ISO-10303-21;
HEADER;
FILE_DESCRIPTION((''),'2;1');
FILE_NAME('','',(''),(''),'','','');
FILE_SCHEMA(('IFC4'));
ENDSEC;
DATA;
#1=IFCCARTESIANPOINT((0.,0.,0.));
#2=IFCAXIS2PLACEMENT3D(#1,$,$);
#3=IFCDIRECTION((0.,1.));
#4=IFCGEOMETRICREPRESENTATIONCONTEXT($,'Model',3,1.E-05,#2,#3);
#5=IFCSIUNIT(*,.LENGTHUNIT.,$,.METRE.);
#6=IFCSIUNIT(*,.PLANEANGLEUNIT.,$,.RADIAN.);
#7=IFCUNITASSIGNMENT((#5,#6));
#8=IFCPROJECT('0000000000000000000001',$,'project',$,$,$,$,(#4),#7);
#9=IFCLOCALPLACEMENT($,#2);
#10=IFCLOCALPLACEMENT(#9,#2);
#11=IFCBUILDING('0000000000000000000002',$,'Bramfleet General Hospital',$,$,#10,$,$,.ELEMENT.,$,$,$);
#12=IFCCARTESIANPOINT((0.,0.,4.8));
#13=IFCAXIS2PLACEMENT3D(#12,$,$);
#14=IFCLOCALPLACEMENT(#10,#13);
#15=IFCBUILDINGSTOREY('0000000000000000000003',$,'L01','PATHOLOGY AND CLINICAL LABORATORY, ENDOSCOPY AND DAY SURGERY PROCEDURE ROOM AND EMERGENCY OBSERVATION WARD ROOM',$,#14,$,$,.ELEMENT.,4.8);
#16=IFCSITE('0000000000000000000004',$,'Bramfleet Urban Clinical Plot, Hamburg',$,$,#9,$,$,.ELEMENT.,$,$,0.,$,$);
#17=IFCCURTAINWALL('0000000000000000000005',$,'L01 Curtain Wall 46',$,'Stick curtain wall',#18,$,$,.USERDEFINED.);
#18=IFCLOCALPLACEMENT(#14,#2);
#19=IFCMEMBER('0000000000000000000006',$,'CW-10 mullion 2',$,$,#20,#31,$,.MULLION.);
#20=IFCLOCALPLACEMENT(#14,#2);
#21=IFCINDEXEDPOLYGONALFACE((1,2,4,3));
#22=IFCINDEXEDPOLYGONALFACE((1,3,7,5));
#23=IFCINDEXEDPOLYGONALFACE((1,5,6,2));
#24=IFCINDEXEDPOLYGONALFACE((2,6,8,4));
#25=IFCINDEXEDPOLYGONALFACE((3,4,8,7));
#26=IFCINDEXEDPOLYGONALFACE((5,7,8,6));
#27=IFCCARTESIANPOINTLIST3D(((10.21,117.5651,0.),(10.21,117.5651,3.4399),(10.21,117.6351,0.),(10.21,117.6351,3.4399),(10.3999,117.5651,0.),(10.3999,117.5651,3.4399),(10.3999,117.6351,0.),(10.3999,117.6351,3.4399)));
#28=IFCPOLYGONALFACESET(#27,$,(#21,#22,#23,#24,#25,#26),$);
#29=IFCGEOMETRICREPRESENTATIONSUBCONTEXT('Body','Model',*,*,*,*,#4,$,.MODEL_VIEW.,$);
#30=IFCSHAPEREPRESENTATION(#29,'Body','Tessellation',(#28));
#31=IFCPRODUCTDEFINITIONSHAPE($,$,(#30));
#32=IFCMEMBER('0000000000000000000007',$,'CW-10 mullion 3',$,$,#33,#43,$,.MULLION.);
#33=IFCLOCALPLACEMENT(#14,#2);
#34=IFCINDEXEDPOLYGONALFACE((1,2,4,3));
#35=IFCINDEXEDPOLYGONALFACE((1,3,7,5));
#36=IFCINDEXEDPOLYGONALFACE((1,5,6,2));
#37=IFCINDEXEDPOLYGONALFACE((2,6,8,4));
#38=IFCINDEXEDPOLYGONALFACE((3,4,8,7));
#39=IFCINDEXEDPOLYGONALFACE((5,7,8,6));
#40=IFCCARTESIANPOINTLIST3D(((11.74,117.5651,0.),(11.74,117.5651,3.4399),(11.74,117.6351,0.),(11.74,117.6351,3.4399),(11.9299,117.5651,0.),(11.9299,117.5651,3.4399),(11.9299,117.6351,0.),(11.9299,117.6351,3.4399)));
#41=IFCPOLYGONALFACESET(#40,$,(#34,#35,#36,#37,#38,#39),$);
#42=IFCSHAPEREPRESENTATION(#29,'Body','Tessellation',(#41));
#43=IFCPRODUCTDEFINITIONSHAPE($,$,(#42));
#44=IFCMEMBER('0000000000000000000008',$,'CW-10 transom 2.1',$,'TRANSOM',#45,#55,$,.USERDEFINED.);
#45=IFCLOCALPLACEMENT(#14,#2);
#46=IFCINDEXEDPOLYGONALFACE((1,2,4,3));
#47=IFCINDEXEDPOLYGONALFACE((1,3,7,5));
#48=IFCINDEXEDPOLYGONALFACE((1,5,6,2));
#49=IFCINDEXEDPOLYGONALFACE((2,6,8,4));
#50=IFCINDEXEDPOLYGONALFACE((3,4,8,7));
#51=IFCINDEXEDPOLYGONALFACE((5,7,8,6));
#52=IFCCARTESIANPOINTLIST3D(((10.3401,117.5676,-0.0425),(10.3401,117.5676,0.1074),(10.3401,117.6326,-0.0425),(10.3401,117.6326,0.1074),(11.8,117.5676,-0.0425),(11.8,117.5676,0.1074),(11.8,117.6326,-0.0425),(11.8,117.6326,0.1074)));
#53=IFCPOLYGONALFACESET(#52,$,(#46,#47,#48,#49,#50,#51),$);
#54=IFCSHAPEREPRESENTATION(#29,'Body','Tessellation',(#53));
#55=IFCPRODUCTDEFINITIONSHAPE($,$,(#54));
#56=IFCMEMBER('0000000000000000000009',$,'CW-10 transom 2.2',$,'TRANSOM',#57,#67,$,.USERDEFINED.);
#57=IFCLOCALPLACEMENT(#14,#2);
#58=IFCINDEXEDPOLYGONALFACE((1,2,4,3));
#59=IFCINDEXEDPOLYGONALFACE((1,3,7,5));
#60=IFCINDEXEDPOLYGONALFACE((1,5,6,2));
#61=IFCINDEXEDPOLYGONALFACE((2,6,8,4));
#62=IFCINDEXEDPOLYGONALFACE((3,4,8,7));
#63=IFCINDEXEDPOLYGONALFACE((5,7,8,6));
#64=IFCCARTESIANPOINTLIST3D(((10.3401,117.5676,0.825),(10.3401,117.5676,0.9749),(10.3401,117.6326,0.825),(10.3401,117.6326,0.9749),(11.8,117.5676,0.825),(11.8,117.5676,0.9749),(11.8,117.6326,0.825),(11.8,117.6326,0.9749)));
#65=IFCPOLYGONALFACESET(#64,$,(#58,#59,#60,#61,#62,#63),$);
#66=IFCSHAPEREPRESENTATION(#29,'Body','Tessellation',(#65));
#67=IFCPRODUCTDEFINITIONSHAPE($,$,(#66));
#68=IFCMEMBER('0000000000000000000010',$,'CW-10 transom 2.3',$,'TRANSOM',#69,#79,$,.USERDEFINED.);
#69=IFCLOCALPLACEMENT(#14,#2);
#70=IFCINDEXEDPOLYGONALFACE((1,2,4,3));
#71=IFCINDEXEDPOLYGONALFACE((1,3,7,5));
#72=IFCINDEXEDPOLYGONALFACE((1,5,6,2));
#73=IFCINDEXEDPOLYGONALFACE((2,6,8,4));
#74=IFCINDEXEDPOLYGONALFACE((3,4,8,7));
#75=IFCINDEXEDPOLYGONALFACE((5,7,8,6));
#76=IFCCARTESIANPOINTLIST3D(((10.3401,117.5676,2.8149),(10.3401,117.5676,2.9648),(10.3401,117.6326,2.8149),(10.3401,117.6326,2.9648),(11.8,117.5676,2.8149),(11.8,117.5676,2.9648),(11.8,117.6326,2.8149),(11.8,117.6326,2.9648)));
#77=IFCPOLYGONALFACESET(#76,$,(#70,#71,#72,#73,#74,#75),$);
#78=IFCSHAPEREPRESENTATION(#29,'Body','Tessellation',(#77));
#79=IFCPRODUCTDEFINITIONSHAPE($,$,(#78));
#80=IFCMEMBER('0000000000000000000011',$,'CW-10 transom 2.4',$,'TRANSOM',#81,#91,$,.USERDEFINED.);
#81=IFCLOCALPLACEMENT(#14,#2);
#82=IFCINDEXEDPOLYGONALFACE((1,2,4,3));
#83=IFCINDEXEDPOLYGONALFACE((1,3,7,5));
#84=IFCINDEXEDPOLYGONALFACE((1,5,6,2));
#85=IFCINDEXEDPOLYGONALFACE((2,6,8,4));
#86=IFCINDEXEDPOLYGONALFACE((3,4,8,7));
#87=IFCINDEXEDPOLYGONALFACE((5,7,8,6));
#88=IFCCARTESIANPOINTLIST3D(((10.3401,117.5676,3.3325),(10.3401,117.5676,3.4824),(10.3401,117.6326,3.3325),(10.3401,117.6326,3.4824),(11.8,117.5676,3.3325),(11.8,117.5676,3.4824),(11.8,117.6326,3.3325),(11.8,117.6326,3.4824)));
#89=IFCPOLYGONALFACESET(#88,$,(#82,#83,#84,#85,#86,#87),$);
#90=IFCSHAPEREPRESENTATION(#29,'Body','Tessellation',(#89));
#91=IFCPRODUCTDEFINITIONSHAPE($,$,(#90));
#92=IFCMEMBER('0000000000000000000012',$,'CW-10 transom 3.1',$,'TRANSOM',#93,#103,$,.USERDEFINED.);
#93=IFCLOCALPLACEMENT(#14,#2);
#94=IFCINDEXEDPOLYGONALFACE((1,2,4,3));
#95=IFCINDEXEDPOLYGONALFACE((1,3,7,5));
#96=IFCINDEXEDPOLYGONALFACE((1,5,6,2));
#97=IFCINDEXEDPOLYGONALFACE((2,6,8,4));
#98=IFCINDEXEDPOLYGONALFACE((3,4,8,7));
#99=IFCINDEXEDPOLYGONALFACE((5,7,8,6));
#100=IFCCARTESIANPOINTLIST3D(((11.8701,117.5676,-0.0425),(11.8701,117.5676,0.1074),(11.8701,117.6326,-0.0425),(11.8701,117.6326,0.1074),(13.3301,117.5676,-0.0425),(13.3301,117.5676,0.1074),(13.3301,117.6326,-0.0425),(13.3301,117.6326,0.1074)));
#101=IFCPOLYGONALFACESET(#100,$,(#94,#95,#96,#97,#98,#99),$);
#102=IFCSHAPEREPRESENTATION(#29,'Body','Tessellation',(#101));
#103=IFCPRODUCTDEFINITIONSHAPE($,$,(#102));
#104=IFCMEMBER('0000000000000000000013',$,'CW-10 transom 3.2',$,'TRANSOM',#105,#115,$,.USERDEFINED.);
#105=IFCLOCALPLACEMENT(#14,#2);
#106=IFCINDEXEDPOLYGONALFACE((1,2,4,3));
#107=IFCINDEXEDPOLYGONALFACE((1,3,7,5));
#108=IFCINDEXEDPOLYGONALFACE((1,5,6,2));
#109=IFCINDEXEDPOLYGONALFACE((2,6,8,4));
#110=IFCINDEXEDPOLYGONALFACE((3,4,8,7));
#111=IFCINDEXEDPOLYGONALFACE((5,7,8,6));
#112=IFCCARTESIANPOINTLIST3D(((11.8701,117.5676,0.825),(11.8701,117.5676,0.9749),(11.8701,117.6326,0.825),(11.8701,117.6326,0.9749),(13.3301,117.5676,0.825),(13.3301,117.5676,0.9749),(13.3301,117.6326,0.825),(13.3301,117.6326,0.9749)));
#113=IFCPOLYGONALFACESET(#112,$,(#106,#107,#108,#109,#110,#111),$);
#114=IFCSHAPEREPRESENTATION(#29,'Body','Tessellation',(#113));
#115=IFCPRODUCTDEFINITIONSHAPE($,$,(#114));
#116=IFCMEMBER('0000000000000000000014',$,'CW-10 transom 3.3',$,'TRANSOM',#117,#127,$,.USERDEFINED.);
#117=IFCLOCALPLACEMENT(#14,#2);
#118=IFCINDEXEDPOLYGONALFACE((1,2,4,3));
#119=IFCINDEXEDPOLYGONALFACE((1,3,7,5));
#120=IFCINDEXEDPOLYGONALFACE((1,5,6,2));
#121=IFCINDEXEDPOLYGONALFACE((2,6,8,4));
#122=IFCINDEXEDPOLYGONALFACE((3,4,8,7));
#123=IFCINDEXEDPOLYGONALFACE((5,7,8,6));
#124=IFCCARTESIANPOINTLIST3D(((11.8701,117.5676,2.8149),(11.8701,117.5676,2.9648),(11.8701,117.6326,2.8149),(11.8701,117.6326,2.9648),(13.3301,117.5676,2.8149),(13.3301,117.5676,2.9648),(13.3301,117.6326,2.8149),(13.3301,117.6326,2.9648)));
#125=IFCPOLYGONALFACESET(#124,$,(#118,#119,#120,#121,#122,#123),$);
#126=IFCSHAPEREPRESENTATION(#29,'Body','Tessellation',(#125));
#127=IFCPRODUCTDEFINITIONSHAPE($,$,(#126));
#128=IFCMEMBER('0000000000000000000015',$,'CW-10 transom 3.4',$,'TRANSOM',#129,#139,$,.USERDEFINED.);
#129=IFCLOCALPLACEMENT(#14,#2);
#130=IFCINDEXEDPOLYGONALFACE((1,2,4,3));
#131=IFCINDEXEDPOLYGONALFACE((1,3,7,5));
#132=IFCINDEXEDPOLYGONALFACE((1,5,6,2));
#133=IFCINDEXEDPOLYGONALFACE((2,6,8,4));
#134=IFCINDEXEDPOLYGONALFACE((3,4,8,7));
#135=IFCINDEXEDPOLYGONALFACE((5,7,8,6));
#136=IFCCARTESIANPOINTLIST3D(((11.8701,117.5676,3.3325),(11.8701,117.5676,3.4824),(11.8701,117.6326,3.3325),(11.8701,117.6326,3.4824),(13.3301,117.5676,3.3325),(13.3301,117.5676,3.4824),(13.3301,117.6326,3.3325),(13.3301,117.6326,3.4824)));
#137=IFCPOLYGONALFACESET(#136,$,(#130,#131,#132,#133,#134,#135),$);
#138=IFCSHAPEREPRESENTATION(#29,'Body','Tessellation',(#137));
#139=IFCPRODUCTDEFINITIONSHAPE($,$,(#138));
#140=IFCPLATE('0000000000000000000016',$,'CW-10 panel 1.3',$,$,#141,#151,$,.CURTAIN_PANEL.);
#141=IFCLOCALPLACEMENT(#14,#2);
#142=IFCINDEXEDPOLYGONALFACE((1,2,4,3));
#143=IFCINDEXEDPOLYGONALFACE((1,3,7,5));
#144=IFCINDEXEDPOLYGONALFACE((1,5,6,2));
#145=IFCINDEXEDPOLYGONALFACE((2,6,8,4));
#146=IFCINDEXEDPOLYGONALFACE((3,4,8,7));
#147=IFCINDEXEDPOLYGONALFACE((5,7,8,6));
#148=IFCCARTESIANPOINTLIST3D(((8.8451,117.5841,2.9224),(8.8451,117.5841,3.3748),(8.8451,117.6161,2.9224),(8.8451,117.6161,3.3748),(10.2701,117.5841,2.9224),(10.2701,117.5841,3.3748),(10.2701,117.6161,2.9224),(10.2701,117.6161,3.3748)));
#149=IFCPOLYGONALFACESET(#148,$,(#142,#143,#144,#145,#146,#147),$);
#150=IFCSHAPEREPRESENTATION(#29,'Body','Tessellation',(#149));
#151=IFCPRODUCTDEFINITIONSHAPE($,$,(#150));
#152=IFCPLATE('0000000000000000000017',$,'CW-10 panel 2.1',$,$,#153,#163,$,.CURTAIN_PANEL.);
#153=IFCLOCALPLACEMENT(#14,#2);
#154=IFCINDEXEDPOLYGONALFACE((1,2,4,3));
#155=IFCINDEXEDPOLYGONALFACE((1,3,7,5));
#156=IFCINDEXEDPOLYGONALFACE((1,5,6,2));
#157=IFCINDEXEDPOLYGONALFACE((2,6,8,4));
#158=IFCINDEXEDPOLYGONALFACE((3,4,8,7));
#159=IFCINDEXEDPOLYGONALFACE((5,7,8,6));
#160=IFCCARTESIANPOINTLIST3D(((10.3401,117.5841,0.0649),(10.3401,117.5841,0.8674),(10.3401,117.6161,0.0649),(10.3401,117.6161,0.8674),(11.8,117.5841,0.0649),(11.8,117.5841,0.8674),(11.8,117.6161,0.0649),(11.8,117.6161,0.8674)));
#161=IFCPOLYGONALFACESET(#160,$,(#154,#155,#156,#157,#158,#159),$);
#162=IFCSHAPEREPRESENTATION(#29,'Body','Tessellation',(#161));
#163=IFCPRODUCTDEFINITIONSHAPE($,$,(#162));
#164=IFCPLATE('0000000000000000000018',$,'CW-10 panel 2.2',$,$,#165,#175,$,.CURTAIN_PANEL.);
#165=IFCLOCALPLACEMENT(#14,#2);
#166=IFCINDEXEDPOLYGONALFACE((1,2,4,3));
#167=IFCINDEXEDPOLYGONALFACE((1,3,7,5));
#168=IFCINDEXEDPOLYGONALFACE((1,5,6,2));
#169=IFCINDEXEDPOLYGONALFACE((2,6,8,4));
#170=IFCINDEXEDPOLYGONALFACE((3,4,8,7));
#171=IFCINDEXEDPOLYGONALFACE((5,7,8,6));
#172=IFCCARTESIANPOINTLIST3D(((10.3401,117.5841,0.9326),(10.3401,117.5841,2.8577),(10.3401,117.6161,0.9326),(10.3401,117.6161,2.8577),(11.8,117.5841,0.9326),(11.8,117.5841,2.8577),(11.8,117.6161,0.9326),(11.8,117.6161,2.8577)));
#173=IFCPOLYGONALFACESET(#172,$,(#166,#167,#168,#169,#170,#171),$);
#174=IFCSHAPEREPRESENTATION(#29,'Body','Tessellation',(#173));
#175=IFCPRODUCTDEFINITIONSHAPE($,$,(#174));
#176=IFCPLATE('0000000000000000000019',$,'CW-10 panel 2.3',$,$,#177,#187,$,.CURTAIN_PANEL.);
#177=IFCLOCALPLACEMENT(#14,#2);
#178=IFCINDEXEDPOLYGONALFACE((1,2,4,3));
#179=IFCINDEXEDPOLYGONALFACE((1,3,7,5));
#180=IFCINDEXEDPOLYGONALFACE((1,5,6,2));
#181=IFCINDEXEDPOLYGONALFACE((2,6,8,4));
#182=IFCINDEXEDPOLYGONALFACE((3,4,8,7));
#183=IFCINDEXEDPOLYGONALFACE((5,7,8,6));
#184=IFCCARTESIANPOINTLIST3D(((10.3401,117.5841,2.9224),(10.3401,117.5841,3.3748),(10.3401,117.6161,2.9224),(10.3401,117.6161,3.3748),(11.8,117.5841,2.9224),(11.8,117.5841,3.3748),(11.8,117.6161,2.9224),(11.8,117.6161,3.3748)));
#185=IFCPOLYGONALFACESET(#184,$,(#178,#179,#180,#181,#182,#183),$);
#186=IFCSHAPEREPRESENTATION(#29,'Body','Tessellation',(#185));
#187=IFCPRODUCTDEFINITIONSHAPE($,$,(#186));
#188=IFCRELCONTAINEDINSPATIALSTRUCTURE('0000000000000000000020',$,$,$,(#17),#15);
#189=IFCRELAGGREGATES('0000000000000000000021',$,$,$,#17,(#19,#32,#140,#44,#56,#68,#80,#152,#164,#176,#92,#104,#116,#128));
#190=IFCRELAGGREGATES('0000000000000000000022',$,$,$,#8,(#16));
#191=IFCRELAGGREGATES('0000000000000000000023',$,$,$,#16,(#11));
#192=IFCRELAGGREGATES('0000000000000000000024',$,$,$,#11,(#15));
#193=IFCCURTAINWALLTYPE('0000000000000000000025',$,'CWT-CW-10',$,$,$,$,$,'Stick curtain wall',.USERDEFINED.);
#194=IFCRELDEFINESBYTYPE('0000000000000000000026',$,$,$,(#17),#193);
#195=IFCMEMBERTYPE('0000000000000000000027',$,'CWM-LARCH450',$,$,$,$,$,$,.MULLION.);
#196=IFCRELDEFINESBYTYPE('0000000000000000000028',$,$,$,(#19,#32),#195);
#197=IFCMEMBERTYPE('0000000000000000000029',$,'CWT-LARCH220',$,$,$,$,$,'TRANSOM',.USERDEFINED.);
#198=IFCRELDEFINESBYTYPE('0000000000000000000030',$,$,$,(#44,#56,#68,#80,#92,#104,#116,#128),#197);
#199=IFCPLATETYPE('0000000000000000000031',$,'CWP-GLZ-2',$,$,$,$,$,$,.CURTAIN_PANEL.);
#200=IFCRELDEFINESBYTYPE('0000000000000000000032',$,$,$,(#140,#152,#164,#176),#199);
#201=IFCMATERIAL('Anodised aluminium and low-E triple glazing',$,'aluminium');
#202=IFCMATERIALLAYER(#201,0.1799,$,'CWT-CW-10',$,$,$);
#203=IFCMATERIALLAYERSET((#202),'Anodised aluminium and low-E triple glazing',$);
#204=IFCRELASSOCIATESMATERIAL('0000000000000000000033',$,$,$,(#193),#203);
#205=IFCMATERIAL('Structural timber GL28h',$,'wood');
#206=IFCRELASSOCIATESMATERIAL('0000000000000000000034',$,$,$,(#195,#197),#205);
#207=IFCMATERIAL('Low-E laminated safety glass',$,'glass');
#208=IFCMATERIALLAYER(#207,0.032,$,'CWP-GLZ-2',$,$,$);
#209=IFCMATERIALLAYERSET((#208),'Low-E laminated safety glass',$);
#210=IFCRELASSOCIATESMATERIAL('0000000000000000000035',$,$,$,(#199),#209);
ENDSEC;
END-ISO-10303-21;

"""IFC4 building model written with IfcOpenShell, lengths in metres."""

from ifc_helpers import new_model, si_unit, direction, frame, origin, origin_2d, place, context, subcontext, project, spatial, rectangle, extrude, material, layer, layer_set, material_profile, profile_set, type_object, element, aggregate, save


model = new_model("IFC4")

# Units and contexts
model_context = context("Model", 3, precision=1e-05, world=origin(), true_north=direction((0.0, 1.0)))
body_context = subcontext(model_context, "Body", "Model", "MODEL_VIEW")
ifc_project = project(units=[si_unit("LENGTHUNIT", "METRE"), si_unit("PLANEANGLEUNIT", "RADIAN")], contexts=[model_context])

# Site, building, storey
site_placement = place(None, origin())
site = spatial("IfcSite", under=ifc_project, at=site_placement, Name="Bramfleet Urban Clinical Plot, Hamburg", CompositionType="ELEMENT", RefElevation=0.0)
building_placement = place(site_placement, origin())
building = spatial("IfcBuilding", under=site, at=building_placement, Name="Bramfleet General Hospital", CompositionType="ELEMENT")
storey_placement = place(building_placement, frame((0.0, 0.0, 4.8)))
storey = spatial("IfcBuildingStorey", under=building, at=storey_placement, Name="L01", Description="PATHOLOGY AND CLINICAL LABORATORY, ENDOSCOPY AND DAY SURGERY PROCEDURE ROOM AND EMERGENCY OBSERVATION WARD ROOM", CompositionType="ELEMENT", Elevation=4.8)

# Curtain wall, members, plates
ifc_material_1 = material(Name="Anodised aluminium and low-E triple glazing", Category="aluminium")
ifc_layer_1 = layer(ifc_material_1, 0.1799, Name="CWT-CW-10")
ifc_layer_set_1 = layer_set([ifc_layer_1], Name="Anodised aluminium and low-E triple glazing")
curtain_wall_type = type_object("IfcCurtainWallType", Name="CWT-CW-10", ElementType="Stick curtain wall", PredefinedType="USERDEFINED", material=ifc_layer_set_1)
curtain_wall_placement = place(storey_placement, origin())
curtain_wall = element("IfcCurtainWall", 1, at=curtain_wall_placement, inside=storey, type_object=curtain_wall_type, Name="L01 Curtain Wall 46", ObjectType="Stick curtain wall", PredefinedType="USERDEFINED")
ifc_material_2 = material(Name="Structural timber GL28h", Category="wood")
ifc_material_profile_1 = material_profile(ifc_material_2, rectangle(XDim=0.0701, YDim=0.1899, at=origin_2d()), Name="LARCH 190x70")
ifc_profile_set_1 = profile_set([ifc_material_profile_1], Name="Structural timber GL28h")
member_type_1 = type_object("IfcMemberType", Name="CWM-LARCH450", PredefinedType="MULLION", material=ifc_profile_set_1)
member_1_placement = place(storey_placement, frame((10.3049, 117.6001, 0.0), z_axis=(0.0, 0.0, 1.0), x_axis=(0.0, 1.0, 0.0)))
member_1 = element("IfcMember", 2, at=member_1_placement, type_object=member_type_1, Name="CW-10 mullion 2", PredefinedType="MULLION", context=body_context, shape_type="SweptSolid", body=[
    extrude(rectangle(XDim=0.0701, YDim=0.1899, at=origin_2d()), origin(), (0.0, 0.0, 1.0), 3.4399),
])
member_2_placement = place(storey_placement, frame((11.835, 117.6001, 0.0), z_axis=(0.0, 0.0, 1.0), x_axis=(0.0, 1.0, 0.0)))
member_2 = element("IfcMember", 3, at=member_2_placement, type_object=member_type_1, Name="CW-10 mullion 3", PredefinedType="MULLION", context=body_context, shape_type="SweptSolid", body=[
    extrude(rectangle(XDim=0.0701, YDim=0.1899, at=origin_2d()), origin(), (0.0, 0.0, 1.0), 3.4399),
])
ifc_material_profile_2 = material_profile(ifc_material_2, rectangle(XDim=0.0649, YDim=0.1499, at=origin_2d()), Name="LARCH 150x65")
ifc_profile_set_2 = profile_set([ifc_material_profile_2], Name="Structural timber GL28h")
member_type_2 = type_object("IfcMemberType", Name="CWT-LARCH220", ElementType="TRANSOM", PredefinedType="USERDEFINED", material=ifc_profile_set_2)
member_3_placement = place(storey_placement, frame((10.3401, 117.6001, 0.0325), z_axis=(1.0, 0.0, 0.0), x_axis=(0.0, 1.0, 0.0)))
member_3 = element("IfcMember", 4, at=member_3_placement, type_object=member_type_2, Name="CW-10 transom 2.1", ObjectType="TRANSOM", PredefinedType="USERDEFINED", context=body_context, shape_type="SweptSolid", body=[
    extrude(rectangle(XDim=0.0649, YDim=0.1499, at=origin_2d()), origin(), (0.0, 0.0, 1.0), 1.46),
])
member_4_placement = place(storey_placement, frame((10.3401, 117.6001, 0.8999), z_axis=(1.0, 0.0, 0.0), x_axis=(0.0, 1.0, 0.0)))
member_4 = element("IfcMember", 5, at=member_4_placement, type_object=member_type_2, Name="CW-10 transom 2.2", ObjectType="TRANSOM", PredefinedType="USERDEFINED", context=body_context, shape_type="SweptSolid", body=[
    extrude(rectangle(XDim=0.0649, YDim=0.1499, at=origin_2d()), origin(), (0.0, 0.0, 1.0), 1.46),
])
member_5_placement = place(storey_placement, frame((10.3401, 117.6001, 2.8899), z_axis=(1.0, 0.0, 0.0), x_axis=(0.0, 1.0, 0.0)))
member_5 = element("IfcMember", 6, at=member_5_placement, type_object=member_type_2, Name="CW-10 transom 2.3", ObjectType="TRANSOM", PredefinedType="USERDEFINED", context=body_context, shape_type="SweptSolid", body=[
    extrude(rectangle(XDim=0.0649, YDim=0.1499, at=origin_2d()), origin(), (0.0, 0.0, 1.0), 1.46),
])
member_6_placement = place(storey_placement, frame((10.3401, 117.6001, 3.4075), z_axis=(1.0, 0.0, 0.0), x_axis=(0.0, 1.0, 0.0)))
member_6 = element("IfcMember", 7, at=member_6_placement, type_object=member_type_2, Name="CW-10 transom 2.4", ObjectType="TRANSOM", PredefinedType="USERDEFINED", context=body_context, shape_type="SweptSolid", body=[
    extrude(rectangle(XDim=0.0649, YDim=0.1499, at=origin_2d()), origin(), (0.0, 0.0, 1.0), 1.46),
])
member_7_placement = place(storey_placement, frame((11.8701, 117.6001, 0.0325), z_axis=(1.0, 0.0, 0.0), x_axis=(0.0, 1.0, 0.0)))
member_7 = element("IfcMember", 8, at=member_7_placement, type_object=member_type_2, Name="CW-10 transom 3.1", ObjectType="TRANSOM", PredefinedType="USERDEFINED", context=body_context, shape_type="SweptSolid", body=[
    extrude(rectangle(XDim=0.0649, YDim=0.1499, at=origin_2d()), origin(), (0.0, 0.0, 1.0), 1.46),
])
member_8_placement = place(storey_placement, frame((11.8701, 117.6001, 0.8999), z_axis=(1.0, 0.0, 0.0), x_axis=(0.0, 1.0, 0.0)))
member_8 = element("IfcMember", 9, at=member_8_placement, type_object=member_type_2, Name="CW-10 transom 3.2", ObjectType="TRANSOM", PredefinedType="USERDEFINED", context=body_context, shape_type="SweptSolid", body=[
    extrude(rectangle(XDim=0.0649, YDim=0.1499, at=origin_2d()), origin(), (0.0, 0.0, 1.0), 1.46),
])
member_9_placement = place(storey_placement, frame((11.8701, 117.6001, 2.8899), z_axis=(1.0, 0.0, 0.0), x_axis=(0.0, 1.0, 0.0)))
member_9 = element("IfcMember", 10, at=member_9_placement, type_object=member_type_2, Name="CW-10 transom 3.3", ObjectType="TRANSOM", PredefinedType="USERDEFINED", context=body_context, shape_type="SweptSolid", body=[
    extrude(rectangle(XDim=0.0649, YDim=0.1499, at=origin_2d()), origin(), (0.0, 0.0, 1.0), 1.46),
])
member_10_placement = place(storey_placement, frame((11.8701, 117.6001, 3.4075), z_axis=(1.0, 0.0, 0.0), x_axis=(0.0, 1.0, 0.0)))
member_10 = element("IfcMember", 11, at=member_10_placement, type_object=member_type_2, Name="CW-10 transom 3.4", ObjectType="TRANSOM", PredefinedType="USERDEFINED", context=body_context, shape_type="SweptSolid", body=[
    extrude(rectangle(XDim=0.0649, YDim=0.1499, at=origin_2d()), origin(), (0.0, 0.0, 1.0), 1.46),
])
ifc_material_3 = material(Name="Low-E laminated safety glass", Category="glass")
ifc_layer_2 = layer(ifc_material_3, 0.032, Name="CWP-GLZ-2")
ifc_layer_set_2 = layer_set([ifc_layer_2], Name="Low-E laminated safety glass")
plate_type = type_object("IfcPlateType", Name="CWP-GLZ-2", PredefinedType="CURTAIN_PANEL", material=ifc_layer_set_2)
plate_1_placement = place(storey_placement, frame((9.5576, 117.6001, 2.9224), z_axis=(0.0, 0.0, 1.0), x_axis=(1.0, 0.0, 0.0)))
plate_1 = element("IfcPlate", 12, at=plate_1_placement, type_object=plate_type, Name="CW-10 panel 1.3", PredefinedType="CURTAIN_PANEL", context=body_context, shape_type="SweptSolid", body=[
    extrude(rectangle(XDim=1.425, YDim=0.032, at=origin_2d()), origin(), (0.0, 0.0, 1.0), 0.4524),
])
plate_2_placement = place(storey_placement, frame((11.0701, 117.6001, 0.0649), z_axis=(0.0, 0.0, 1.0), x_axis=(1.0, 0.0, 0.0)))
plate_2 = element("IfcPlate", 13, at=plate_2_placement, type_object=plate_type, Name="CW-10 panel 2.1", PredefinedType="CURTAIN_PANEL", context=body_context, shape_type="SweptSolid", body=[
    extrude(rectangle(XDim=1.46, YDim=0.032, at=origin_2d()), origin(), (0.0, 0.0, 1.0), 0.8025),
])
plate_3_placement = place(storey_placement, frame((11.0701, 117.6001, 0.9326), z_axis=(0.0, 0.0, 1.0), x_axis=(1.0, 0.0, 0.0)))
plate_3 = element("IfcPlate", 14, at=plate_3_placement, type_object=plate_type, Name="CW-10 panel 2.2", PredefinedType="CURTAIN_PANEL", context=body_context, shape_type="SweptSolid", body=[
    extrude(rectangle(XDim=1.46, YDim=0.032, at=origin_2d()), origin(), (0.0, 0.0, 1.0), 1.925),
])
plate_4_placement = place(storey_placement, frame((11.0701, 117.6001, 2.9224), z_axis=(0.0, 0.0, 1.0), x_axis=(1.0, 0.0, 0.0)))
plate_4 = element("IfcPlate", 15, at=plate_4_placement, type_object=plate_type, Name="CW-10 panel 2.3", PredefinedType="CURTAIN_PANEL", context=body_context, shape_type="SweptSolid", body=[
    extrude(rectangle(XDim=1.46, YDim=0.032, at=origin_2d()), origin(), (0.0, 0.0, 1.0), 0.4524),
])
aggregate(curtain_wall, [member_1, member_2, plate_1, member_3, member_4, member_5, member_6, plate_2, plate_3, plate_4, member_7, member_8, member_9, member_10])

save(model, "model.ifc")
